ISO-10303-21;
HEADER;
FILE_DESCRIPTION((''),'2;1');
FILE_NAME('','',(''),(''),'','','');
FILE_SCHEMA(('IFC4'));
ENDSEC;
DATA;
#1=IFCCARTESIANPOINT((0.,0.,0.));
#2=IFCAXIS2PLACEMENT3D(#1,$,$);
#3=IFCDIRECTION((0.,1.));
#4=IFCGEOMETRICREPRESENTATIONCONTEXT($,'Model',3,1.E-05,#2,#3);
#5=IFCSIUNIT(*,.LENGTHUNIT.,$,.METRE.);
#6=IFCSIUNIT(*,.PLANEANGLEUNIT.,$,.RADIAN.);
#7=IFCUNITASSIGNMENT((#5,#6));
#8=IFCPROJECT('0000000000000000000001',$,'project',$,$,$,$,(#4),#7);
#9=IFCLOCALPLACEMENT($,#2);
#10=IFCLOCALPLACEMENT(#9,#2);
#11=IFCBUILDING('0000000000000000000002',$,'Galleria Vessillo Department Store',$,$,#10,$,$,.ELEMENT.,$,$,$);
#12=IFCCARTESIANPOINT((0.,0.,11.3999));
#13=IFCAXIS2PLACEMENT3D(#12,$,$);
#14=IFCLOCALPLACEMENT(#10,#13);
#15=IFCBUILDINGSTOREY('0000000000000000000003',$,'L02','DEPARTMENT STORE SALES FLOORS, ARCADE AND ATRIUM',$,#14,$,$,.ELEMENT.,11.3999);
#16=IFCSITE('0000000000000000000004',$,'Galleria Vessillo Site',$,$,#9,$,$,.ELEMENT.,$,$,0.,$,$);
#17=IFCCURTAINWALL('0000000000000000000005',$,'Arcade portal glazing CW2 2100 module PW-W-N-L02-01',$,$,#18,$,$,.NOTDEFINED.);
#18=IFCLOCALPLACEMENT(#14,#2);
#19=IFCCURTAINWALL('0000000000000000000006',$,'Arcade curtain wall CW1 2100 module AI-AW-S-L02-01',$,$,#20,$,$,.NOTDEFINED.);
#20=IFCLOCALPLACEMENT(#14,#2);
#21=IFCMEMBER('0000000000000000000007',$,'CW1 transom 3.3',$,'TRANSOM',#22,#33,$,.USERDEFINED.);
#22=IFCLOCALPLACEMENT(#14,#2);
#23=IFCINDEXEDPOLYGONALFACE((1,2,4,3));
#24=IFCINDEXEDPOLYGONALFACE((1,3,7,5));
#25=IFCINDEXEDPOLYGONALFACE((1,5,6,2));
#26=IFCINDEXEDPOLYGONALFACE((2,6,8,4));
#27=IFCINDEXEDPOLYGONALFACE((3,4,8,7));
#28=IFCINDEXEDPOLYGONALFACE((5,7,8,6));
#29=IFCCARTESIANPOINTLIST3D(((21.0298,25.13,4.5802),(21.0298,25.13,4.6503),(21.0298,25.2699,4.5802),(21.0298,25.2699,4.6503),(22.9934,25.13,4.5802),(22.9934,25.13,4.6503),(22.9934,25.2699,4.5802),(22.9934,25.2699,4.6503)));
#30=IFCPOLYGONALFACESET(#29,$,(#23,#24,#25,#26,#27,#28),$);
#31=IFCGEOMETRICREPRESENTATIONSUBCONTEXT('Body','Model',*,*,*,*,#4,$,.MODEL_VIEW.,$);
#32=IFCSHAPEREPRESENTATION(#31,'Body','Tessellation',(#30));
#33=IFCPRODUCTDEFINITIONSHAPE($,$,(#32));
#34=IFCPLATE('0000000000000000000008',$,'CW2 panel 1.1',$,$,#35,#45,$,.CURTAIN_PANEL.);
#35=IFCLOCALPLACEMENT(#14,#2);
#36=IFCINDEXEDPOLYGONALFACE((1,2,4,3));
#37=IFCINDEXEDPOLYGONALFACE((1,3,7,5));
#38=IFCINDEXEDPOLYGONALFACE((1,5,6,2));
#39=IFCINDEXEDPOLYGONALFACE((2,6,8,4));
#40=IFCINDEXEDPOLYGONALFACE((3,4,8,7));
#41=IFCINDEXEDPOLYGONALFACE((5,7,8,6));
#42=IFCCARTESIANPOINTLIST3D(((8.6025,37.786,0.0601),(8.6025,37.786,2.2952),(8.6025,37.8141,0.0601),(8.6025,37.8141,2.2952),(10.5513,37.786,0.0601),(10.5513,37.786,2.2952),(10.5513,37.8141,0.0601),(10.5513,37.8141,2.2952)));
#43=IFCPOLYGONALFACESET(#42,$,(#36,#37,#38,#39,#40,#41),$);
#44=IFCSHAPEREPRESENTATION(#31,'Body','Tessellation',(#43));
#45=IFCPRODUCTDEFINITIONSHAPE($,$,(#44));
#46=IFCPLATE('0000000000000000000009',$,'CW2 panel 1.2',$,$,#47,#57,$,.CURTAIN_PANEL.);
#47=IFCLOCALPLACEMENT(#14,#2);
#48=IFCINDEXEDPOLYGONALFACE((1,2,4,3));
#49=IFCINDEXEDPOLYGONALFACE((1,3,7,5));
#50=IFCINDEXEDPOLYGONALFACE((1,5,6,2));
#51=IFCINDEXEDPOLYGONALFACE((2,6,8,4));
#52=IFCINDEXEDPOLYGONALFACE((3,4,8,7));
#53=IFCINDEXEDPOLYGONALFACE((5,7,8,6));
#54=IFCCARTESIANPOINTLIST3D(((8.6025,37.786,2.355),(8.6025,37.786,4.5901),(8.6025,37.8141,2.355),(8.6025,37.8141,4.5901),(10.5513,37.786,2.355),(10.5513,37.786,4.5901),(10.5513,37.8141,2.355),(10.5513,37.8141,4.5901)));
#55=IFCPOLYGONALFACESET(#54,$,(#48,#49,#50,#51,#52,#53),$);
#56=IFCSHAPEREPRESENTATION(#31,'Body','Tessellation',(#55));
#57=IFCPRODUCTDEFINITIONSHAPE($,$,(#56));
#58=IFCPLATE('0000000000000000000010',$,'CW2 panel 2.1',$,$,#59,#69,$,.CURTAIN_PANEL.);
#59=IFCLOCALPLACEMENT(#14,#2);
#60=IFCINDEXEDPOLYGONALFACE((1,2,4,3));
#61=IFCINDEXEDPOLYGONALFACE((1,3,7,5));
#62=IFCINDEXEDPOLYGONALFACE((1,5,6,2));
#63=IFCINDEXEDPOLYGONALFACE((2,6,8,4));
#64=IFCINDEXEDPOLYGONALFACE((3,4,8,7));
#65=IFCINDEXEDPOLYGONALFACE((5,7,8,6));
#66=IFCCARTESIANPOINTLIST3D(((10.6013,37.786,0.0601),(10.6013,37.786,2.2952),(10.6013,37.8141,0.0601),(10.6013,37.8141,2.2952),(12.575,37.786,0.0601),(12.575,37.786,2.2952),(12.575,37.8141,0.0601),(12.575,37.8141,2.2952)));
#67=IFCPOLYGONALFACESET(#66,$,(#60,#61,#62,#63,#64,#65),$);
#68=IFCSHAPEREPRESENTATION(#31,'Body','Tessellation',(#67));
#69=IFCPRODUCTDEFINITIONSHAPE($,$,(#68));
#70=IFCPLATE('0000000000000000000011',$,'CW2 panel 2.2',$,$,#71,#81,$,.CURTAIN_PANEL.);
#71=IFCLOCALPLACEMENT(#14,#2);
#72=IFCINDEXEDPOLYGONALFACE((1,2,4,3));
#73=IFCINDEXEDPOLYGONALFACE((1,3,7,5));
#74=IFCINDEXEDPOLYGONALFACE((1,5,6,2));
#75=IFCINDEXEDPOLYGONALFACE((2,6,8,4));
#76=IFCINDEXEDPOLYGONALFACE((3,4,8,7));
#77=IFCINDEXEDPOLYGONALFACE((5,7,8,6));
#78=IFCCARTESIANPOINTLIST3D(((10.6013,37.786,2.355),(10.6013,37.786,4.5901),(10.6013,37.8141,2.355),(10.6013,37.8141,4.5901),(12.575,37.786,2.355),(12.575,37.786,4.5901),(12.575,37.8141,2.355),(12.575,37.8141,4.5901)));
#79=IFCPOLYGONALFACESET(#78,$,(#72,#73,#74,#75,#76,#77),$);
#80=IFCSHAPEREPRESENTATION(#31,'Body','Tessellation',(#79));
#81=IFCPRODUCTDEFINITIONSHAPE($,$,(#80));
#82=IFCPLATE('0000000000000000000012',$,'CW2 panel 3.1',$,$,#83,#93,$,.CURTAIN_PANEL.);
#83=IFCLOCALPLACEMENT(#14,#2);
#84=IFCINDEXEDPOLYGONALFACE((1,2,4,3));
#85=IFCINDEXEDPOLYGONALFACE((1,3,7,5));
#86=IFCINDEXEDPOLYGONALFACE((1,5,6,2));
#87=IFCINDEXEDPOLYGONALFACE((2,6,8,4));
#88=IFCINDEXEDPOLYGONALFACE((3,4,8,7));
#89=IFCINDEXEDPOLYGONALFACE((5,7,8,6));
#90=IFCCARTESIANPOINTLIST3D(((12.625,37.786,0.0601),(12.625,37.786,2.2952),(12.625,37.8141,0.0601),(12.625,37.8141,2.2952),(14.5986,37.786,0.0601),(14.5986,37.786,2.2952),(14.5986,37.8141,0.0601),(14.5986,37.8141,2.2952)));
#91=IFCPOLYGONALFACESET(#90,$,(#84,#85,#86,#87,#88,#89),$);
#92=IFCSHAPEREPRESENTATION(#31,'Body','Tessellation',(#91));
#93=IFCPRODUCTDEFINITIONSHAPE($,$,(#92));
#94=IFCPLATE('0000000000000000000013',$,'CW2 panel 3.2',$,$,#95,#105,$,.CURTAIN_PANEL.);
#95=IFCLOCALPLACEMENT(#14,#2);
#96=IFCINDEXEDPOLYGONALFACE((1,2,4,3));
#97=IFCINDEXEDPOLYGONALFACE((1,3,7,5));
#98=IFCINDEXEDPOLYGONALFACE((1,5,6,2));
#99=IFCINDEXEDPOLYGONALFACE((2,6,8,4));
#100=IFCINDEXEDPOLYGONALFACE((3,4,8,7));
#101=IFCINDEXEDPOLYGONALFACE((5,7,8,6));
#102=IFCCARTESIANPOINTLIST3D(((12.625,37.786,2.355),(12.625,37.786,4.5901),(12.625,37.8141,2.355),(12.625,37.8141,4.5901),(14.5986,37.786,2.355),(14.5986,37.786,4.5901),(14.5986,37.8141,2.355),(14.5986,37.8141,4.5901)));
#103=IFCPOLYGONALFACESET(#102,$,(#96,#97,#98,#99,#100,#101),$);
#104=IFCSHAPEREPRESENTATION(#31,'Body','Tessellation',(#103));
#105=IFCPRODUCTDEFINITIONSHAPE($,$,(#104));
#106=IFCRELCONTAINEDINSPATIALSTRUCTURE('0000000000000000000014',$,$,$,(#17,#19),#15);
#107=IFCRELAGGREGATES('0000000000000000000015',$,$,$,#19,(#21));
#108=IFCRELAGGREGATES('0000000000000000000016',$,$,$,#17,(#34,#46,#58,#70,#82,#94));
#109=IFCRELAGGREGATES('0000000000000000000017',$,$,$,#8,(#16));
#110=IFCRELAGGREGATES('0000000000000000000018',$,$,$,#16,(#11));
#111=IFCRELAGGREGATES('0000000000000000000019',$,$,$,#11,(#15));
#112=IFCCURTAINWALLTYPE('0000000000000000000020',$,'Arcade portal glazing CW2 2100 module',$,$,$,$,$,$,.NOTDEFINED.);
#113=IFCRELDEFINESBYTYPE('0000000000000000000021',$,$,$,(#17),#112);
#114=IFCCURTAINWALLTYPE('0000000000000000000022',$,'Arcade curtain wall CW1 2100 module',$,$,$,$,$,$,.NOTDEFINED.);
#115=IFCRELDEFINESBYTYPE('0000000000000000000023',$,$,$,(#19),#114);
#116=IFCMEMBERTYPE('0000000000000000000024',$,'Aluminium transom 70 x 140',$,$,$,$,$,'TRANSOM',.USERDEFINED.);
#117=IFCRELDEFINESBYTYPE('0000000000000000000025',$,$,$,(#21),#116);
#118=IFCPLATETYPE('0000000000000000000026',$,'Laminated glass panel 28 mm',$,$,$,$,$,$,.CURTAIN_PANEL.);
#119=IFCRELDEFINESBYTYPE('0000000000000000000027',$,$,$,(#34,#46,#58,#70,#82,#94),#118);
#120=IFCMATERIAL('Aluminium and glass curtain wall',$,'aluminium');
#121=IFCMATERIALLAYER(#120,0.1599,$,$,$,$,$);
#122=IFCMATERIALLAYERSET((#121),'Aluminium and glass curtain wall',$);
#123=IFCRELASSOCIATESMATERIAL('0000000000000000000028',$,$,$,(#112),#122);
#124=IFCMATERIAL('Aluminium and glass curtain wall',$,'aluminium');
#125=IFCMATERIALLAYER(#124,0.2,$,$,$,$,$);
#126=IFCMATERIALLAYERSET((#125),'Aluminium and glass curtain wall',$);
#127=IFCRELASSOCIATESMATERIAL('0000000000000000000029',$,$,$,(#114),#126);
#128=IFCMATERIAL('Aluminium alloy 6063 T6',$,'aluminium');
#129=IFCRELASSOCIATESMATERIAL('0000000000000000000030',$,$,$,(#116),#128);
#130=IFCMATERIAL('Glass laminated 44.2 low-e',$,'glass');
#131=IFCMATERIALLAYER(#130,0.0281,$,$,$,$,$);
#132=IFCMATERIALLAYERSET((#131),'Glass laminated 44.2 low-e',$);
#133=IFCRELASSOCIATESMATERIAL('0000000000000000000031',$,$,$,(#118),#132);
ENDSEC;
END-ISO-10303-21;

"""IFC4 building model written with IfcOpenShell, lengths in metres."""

from ifc_helpers import new_model, si_unit, direction, frame, origin, origin_2d, place, context, subcontext, project, spatial, rectangle, extrude, material, layer, layer_set, material_profile, profile_set, type_object, element, aggregate, save


model = new_model("IFC4")

# Units and contexts
model_context = context("Model", 3, precision=1e-05, world=origin(), true_north=direction((0.0, 1.0)))
body_context = subcontext(model_context, "Body", "Model", "MODEL_VIEW")
ifc_project = project(units=[si_unit("LENGTHUNIT", "METRE"), si_unit("PLANEANGLEUNIT", "RADIAN")], contexts=[model_context])

# Site, building, storey
site_placement = place(None, origin())
site = spatial("IfcSite", under=ifc_project, at=site_placement, Name="Galleria Vessillo Site", CompositionType="ELEMENT", RefElevation=0.0)
building_placement = place(site_placement, origin())
building = spatial("IfcBuilding", under=site, at=building_placement, Name="Galleria Vessillo Department Store", CompositionType="ELEMENT")
storey_placement = place(building_placement, frame((0.0, 0.0, 11.3999)))
storey = spatial("IfcBuildingStorey", under=building, at=storey_placement, Name="L02", Description="DEPARTMENT STORE SALES FLOORS, ARCADE AND ATRIUM", CompositionType="ELEMENT", Elevation=11.3999)

# Curtain wall
ifc_material_1 = material(Name="Aluminium and glass curtain wall", Category="aluminium")
ifc_layer_1 = layer(ifc_material_1, 0.1599)
ifc_layer_set_1 = layer_set([ifc_layer_1], Name="Aluminium and glass curtain wall")
curtain_wall_type_1 = type_object("IfcCurtainWallType", Name="Arcade portal glazing CW2 2100 module", PredefinedType="NOTDEFINED", material=ifc_layer_set_1)
curtain_wall_1_placement = place(storey_placement, origin())
curtain_wall_1 = element("IfcCurtainWall", 1, at=curtain_wall_1_placement, inside=storey, type_object=curtain_wall_type_1, Name="Arcade portal glazing CW2 2100 module PW-W-N-L02-01", PredefinedType="NOTDEFINED")

# Curtain wall, member
ifc_material_2 = material(Name="Aluminium and glass curtain wall", Category="aluminium")
ifc_layer_2 = layer(ifc_material_2, 0.2)
ifc_layer_set_2 = layer_set([ifc_layer_2], Name="Aluminium and glass curtain wall")
curtain_wall_type_2 = type_object("IfcCurtainWallType", Name="Arcade curtain wall CW1 2100 module", PredefinedType="NOTDEFINED", material=ifc_layer_set_2)
curtain_wall_2_placement = place(storey_placement, origin())
curtain_wall_2 = element("IfcCurtainWall", 2, at=curtain_wall_2_placement, inside=storey, type_object=curtain_wall_type_2, Name="Arcade curtain wall CW1 2100 module AI-AW-S-L02-01", PredefinedType="NOTDEFINED")
ifc_material_3 = material(Name="Aluminium alloy 6063 T6", Category="aluminium")
ifc_material_profile_1 = material_profile(ifc_material_3, rectangle(XDim=0.1399, YDim=0.0701, at=origin_2d()), Name="AL 70x140")
ifc_profile_set_1 = profile_set([ifc_material_profile_1], Name="Aluminium alloy 6063 T6")
member_type_1 = type_object("IfcMemberType", Name="Aluminium transom 70 x 140", ElementType="TRANSOM", PredefinedType="USERDEFINED", material=ifc_profile_set_1)
member_1_placement = place(storey_placement, frame((21.0298, 25.2, 4.6152), z_axis=(1.0, 0.0, 0.0), x_axis=(0.0, 1.0, 0.0)))
member_1 = element("IfcMember", 3, at=member_1_placement, type_object=member_type_1, Name="CW1 transom 3.3", ObjectType="TRANSOM", PredefinedType="USERDEFINED", context=body_context, shape_type="SweptSolid", body=[
    extrude(rectangle(XDim=0.1399, YDim=0.0701, at=origin_2d()), origin(), (0.0, 0.0, 1.0), 1.9636),
])
aggregate(curtain_wall_2, [member_1])

# Plates
ifc_material_4 = material(Name="Glass laminated 44.2 low-e", Category="glass")
ifc_layer_3 = layer(ifc_material_4, 0.0281)
ifc_layer_set_3 = layer_set([ifc_layer_3], Name="Glass laminated 44.2 low-e")
plate_type = type_object("IfcPlateType", Name="Laminated glass panel 28 mm", PredefinedType="CURTAIN_PANEL", material=ifc_layer_set_3)
plate_1_placement = place(storey_placement, frame((9.5769, 37.8, 0.0601), z_axis=(0.0, 0.0, 1.0), x_axis=(1.0, 0.0, 0.0)))
plate_1 = element("IfcPlate", 4, at=plate_1_placement, type_object=plate_type, Name="CW2 panel 1.1", PredefinedType="CURTAIN_PANEL", context=body_context, shape_type="SweptSolid", body=[
    extrude(rectangle(XDim=1.9487, YDim=0.0281, at=origin_2d()), origin(), (0.0, 0.0, 1.0), 2.2351),
])
plate_2_placement = place(storey_placement, frame((9.5769, 37.8, 2.355), z_axis=(0.0, 0.0, 1.0), x_axis=(1.0, 0.0, 0.0)))
plate_2 = element("IfcPlate", 5, at=plate_2_placement, type_object=plate_type, Name="CW2 panel 1.2", PredefinedType="CURTAIN_PANEL", context=body_context, shape_type="SweptSolid", body=[
    extrude(rectangle(XDim=1.9487, YDim=0.0281, at=origin_2d()), origin(), (0.0, 0.0, 1.0), 2.2351),
])
plate_3_placement = place(storey_placement, frame((11.5881, 37.8, 0.0601), z_axis=(0.0, 0.0, 1.0), x_axis=(1.0, 0.0, 0.0)))
plate_3 = element("IfcPlate", 6, at=plate_3_placement, type_object=plate_type, Name="CW2 panel 2.1", PredefinedType="CURTAIN_PANEL", context=body_context, shape_type="SweptSolid", body=[
    extrude(rectangle(XDim=1.9736, YDim=0.0281, at=origin_2d()), origin(), (0.0, 0.0, 1.0), 2.2351),
])
plate_4_placement = place(storey_placement, frame((11.5881, 37.8, 2.355), z_axis=(0.0, 0.0, 1.0), x_axis=(1.0, 0.0, 0.0)))
plate_4 = element("IfcPlate", 7, at=plate_4_placement, type_object=plate_type, Name="CW2 panel 2.2", PredefinedType="CURTAIN_PANEL", context=body_context, shape_type="SweptSolid", body=[
    extrude(rectangle(XDim=1.9736, YDim=0.0281, at=origin_2d()), origin(), (0.0, 0.0, 1.0), 2.2351),
])
plate_5_placement = place(storey_placement, frame((13.6118, 37.8, 0.0601), z_axis=(0.0, 0.0, 1.0), x_axis=(1.0, 0.0, 0.0)))
plate_5 = element("IfcPlate", 8, at=plate_5_placement, type_object=plate_type, Name="CW2 panel 3.1", PredefinedType="CURTAIN_PANEL", context=body_context, shape_type="SweptSolid", body=[
    extrude(rectangle(XDim=1.9736, YDim=0.0281, at=origin_2d()), origin(), (0.0, 0.0, 1.0), 2.2351),
])
plate_6_placement = place(storey_placement, frame((13.6118, 37.8, 2.355), z_axis=(0.0, 0.0, 1.0), x_axis=(1.0, 0.0, 0.0)))
plate_6 = element("IfcPlate", 9, at=plate_6_placement, type_object=plate_type, Name="CW2 panel 3.2", PredefinedType="CURTAIN_PANEL", context=body_context, shape_type="SweptSolid", body=[
    extrude(rectangle(XDim=1.9736, YDim=0.0281, at=origin_2d()), origin(), (0.0, 0.0, 1.0), 2.2351),
])
aggregate(curtain_wall_1, [plate_1, plate_2, plate_3, plate_4, plate_5, plate_6])

save(model, "model.ifc")
